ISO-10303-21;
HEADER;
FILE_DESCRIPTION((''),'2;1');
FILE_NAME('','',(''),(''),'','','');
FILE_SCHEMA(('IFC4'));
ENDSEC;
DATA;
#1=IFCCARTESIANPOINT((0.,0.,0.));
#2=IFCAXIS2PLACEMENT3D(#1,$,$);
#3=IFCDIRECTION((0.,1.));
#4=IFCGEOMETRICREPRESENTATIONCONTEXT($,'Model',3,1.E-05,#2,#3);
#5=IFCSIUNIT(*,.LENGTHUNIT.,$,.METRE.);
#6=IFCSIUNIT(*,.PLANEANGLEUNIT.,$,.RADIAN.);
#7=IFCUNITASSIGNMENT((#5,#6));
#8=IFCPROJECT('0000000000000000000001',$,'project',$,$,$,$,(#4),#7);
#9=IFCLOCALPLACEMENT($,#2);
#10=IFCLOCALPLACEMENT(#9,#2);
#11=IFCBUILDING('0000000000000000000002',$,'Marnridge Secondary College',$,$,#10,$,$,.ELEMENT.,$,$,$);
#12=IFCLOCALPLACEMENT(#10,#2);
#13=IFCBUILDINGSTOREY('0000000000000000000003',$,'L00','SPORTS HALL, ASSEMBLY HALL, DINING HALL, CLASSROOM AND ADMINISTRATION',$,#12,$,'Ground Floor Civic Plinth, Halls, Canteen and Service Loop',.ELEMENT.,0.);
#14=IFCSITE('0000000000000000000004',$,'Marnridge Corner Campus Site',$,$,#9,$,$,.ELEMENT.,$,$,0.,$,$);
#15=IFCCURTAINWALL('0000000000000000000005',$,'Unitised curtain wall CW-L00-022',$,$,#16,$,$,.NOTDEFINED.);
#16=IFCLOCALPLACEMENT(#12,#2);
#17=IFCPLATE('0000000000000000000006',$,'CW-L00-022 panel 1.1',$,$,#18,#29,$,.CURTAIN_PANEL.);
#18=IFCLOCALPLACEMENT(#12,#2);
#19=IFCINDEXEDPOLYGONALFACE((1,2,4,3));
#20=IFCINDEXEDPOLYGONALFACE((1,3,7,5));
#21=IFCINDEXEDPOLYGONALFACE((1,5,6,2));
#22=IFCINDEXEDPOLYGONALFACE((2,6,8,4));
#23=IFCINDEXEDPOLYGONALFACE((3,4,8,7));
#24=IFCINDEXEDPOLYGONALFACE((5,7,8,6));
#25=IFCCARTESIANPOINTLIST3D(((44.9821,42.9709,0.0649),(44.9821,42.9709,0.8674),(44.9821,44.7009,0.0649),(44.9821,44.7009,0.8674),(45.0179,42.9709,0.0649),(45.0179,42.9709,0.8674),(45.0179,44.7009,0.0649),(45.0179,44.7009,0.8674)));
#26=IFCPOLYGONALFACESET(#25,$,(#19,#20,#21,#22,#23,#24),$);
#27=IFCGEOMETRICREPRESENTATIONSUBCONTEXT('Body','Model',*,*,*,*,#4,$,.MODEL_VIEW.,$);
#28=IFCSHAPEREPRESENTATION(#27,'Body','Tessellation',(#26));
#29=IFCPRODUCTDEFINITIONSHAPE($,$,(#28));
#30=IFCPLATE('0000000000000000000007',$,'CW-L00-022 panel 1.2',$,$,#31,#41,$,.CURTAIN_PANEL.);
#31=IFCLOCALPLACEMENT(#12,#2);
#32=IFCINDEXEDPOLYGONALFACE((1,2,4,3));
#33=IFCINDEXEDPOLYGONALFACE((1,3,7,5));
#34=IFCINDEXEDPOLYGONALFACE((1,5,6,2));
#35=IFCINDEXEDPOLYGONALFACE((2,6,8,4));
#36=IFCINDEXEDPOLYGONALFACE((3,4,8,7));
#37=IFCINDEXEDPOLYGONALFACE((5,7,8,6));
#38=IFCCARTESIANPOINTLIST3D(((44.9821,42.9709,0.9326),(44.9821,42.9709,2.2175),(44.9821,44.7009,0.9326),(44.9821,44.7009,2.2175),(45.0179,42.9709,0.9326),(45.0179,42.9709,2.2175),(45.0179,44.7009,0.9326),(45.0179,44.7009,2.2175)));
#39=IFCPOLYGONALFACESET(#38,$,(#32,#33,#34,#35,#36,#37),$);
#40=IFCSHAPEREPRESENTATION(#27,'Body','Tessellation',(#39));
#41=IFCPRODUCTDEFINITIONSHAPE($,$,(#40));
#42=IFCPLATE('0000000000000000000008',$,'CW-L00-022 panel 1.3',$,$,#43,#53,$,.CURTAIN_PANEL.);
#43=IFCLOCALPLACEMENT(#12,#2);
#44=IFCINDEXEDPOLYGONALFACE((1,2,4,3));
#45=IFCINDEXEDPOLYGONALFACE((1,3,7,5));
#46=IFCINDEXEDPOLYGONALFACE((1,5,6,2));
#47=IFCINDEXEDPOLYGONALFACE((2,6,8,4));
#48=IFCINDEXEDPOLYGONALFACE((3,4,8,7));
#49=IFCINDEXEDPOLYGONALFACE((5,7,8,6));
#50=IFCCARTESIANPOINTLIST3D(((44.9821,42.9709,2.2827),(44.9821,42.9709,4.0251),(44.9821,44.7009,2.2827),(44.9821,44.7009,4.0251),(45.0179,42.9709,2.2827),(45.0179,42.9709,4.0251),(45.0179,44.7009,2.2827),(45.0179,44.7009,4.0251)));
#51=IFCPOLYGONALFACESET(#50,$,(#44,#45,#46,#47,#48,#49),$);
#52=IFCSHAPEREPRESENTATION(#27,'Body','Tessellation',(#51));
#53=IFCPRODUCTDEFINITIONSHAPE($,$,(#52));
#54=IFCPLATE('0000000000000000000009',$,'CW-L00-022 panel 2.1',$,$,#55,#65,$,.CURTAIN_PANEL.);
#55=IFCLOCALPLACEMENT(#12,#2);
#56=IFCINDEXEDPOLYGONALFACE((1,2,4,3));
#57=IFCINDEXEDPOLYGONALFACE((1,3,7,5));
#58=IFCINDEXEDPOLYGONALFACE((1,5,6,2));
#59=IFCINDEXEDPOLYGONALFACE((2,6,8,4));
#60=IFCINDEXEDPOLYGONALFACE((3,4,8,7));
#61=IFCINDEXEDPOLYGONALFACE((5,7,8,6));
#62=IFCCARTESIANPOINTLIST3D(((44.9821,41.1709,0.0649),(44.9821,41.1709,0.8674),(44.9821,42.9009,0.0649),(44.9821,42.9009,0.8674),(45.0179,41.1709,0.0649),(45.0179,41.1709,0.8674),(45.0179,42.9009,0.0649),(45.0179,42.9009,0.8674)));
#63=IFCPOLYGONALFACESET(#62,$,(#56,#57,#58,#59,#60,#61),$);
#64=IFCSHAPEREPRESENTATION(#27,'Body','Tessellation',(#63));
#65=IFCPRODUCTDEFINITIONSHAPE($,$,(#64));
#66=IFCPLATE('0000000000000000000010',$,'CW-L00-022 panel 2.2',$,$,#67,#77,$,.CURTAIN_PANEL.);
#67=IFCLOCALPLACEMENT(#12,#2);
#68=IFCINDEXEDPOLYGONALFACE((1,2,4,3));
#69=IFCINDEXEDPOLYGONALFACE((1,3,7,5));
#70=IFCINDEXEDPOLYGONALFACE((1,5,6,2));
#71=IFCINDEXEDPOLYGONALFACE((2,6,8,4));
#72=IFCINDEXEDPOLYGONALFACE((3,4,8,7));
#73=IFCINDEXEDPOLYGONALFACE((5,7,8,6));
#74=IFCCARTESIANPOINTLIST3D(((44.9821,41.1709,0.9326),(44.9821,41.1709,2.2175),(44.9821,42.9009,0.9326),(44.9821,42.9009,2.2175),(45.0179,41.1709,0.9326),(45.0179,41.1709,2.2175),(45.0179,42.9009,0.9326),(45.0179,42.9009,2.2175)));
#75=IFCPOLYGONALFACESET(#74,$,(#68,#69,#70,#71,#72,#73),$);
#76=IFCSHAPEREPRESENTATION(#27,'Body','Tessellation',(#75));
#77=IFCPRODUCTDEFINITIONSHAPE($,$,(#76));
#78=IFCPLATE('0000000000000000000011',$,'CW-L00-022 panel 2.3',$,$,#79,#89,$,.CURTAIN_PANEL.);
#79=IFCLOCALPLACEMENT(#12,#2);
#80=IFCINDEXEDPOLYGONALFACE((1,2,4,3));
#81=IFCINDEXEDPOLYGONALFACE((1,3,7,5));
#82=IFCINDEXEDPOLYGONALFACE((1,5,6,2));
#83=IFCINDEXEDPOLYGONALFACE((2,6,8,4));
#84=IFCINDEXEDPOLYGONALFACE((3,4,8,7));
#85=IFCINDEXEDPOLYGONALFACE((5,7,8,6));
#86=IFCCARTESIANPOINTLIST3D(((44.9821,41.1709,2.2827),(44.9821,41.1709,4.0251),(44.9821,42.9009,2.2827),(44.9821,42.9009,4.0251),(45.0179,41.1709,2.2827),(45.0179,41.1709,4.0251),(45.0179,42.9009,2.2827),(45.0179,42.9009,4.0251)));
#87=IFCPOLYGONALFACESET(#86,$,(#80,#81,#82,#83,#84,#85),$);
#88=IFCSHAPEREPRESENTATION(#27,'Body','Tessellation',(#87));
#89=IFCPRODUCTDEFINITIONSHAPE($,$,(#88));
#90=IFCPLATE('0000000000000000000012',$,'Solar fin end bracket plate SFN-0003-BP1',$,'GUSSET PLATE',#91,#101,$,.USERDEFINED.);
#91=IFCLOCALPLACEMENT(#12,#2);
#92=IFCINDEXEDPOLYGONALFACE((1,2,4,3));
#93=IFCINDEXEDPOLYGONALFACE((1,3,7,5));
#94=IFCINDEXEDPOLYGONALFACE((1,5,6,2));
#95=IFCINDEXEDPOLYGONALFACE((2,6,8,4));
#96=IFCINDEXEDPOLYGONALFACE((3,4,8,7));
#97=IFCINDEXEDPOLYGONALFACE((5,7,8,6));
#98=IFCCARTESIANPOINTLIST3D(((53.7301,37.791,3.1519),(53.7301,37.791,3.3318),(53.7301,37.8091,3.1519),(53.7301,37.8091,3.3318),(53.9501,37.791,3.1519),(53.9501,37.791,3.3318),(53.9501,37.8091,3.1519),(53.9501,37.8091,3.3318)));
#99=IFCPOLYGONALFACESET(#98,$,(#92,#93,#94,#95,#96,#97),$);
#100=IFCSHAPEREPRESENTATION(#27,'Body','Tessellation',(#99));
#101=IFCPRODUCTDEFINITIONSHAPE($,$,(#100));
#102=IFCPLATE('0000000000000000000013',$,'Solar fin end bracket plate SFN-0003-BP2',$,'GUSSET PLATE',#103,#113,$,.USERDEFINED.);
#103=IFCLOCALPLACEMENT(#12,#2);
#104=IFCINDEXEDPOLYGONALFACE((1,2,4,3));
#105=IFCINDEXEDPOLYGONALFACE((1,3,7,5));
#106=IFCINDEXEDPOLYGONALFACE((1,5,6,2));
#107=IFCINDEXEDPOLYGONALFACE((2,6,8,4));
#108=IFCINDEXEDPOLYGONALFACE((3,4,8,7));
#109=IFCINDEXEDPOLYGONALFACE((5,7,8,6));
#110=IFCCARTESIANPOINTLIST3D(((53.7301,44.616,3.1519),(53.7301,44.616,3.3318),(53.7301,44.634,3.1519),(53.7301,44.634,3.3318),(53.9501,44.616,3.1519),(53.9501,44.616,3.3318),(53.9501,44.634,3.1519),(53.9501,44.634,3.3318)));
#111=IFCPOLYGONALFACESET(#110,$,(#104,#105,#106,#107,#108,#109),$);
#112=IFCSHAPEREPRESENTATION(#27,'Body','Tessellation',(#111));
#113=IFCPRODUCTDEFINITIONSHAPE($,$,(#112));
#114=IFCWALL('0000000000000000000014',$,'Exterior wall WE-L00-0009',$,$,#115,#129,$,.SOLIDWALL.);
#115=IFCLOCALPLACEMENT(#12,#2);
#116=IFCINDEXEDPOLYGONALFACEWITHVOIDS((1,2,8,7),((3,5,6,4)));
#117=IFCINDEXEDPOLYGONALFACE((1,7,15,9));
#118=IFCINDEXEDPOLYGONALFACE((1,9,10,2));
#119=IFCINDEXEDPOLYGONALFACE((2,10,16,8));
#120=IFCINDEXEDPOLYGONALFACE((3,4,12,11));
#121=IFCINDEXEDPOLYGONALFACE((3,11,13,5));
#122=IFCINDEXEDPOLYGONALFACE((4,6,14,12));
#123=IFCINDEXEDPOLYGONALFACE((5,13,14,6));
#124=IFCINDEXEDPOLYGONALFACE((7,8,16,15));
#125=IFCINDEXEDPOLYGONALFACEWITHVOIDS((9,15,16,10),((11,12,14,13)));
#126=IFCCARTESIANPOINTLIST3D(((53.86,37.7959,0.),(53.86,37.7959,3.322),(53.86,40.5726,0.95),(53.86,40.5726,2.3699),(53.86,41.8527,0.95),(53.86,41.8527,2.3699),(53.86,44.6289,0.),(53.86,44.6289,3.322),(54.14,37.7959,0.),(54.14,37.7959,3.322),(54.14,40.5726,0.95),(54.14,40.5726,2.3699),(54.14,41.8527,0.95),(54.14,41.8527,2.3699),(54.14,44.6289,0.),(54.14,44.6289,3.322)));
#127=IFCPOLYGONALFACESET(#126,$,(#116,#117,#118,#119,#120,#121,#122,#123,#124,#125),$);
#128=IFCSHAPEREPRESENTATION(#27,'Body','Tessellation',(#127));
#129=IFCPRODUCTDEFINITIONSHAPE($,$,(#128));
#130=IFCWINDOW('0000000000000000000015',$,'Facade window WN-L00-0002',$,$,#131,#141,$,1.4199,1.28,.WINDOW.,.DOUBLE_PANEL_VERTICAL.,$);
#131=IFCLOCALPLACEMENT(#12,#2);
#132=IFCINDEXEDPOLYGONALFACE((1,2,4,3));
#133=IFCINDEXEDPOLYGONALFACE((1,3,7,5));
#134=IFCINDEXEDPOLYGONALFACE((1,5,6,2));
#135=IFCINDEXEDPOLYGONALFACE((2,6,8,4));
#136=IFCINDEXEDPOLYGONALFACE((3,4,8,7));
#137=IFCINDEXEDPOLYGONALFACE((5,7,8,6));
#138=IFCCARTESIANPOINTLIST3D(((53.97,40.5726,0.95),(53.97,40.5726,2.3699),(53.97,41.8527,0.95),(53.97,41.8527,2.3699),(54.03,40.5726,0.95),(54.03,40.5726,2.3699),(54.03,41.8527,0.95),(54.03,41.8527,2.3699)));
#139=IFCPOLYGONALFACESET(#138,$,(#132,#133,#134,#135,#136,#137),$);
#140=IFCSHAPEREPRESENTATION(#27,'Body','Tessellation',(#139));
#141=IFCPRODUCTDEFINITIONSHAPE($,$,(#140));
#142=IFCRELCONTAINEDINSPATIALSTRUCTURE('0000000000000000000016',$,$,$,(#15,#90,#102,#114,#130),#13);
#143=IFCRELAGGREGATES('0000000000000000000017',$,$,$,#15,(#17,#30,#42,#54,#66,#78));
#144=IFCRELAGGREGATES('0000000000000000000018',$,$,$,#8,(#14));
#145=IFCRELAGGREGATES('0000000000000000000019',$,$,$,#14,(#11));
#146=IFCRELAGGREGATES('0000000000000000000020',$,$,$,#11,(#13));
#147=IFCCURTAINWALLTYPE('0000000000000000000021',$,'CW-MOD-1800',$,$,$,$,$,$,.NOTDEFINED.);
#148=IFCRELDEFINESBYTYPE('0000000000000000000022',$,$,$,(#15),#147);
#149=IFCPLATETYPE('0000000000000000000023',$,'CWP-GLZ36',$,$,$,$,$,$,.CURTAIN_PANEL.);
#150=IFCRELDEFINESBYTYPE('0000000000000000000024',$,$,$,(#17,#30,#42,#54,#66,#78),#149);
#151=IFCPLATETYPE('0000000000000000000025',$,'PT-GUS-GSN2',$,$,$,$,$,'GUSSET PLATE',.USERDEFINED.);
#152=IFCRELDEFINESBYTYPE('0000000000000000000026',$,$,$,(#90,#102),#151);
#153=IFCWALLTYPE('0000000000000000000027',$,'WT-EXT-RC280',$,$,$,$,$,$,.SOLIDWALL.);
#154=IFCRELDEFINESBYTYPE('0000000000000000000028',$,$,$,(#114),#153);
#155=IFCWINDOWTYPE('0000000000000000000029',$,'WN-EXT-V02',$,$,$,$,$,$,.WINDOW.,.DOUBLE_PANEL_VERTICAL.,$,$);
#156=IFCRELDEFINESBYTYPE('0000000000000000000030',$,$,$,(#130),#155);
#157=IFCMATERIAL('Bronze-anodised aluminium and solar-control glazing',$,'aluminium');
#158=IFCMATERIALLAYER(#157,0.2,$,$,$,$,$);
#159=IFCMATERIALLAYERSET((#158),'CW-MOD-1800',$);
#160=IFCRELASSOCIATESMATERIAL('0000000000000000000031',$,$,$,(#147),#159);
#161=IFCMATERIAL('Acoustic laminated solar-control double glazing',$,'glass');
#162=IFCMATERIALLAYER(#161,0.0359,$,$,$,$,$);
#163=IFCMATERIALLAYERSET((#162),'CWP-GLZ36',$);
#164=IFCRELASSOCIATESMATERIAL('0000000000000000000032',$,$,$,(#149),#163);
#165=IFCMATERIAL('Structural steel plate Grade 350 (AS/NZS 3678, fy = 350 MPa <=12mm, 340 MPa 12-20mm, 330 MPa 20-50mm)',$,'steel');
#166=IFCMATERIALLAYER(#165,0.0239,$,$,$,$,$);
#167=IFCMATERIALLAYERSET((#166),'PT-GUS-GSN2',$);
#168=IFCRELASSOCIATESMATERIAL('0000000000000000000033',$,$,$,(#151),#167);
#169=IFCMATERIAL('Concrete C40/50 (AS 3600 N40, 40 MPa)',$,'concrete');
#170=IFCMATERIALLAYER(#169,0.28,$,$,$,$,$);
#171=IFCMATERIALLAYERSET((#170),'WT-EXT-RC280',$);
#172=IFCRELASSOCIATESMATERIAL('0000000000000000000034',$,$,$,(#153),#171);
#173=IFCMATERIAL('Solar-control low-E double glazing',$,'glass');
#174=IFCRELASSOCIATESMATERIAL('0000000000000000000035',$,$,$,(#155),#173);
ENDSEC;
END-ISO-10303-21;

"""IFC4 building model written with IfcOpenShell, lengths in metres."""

from ifc_helpers import new_model, si_unit, direction, frame, frame_2d, origin, origin_2d, place, context, subcontext, project, spatial, rectangle, extrude, material, layer, layer_set, type_object, element, fill, aggregate, save


model = new_model("IFC4")

# Units and contexts
model_context = context("Model", 3, precision=1e-05, world=origin(), true_north=direction((0.0, 1.0)))
body_context = subcontext(model_context, "Body", "Model", "MODEL_VIEW")
ifc_project = project(units=[si_unit("LENGTHUNIT", "METRE"), si_unit("PLANEANGLEUNIT", "RADIAN")], contexts=[model_context])

# Site, building, storey
site_placement = place(None, origin())
site = spatial("IfcSite", under=ifc_project, at=site_placement, Name="Marnridge Corner Campus Site", CompositionType="ELEMENT", RefElevation=0.0)
building_placement = place(site_placement, origin())
building = spatial("IfcBuilding", under=site, at=building_placement, Name="Marnridge Secondary College", CompositionType="ELEMENT")
storey_placement = place(building_placement, origin())
storey = spatial("IfcBuildingStorey", under=building, at=storey_placement, Name="L00", Description="SPORTS HALL, ASSEMBLY HALL, DINING HALL, CLASSROOM AND ADMINISTRATION", LongName="Ground Floor Civic Plinth, Halls, Canteen and Service Loop", CompositionType="ELEMENT", Elevation=0.0)

# Curtain wall
ifc_material_1 = material(Name="Bronze-anodised aluminium and solar-control glazing", Category="aluminium")
ifc_layer_1 = layer(ifc_material_1, 0.2)
ifc_layer_set_1 = layer_set([ifc_layer_1], Name="CW-MOD-1800")
curtain_wall_type = type_object("IfcCurtainWallType", Name="CW-MOD-1800", PredefinedType="NOTDEFINED", material=ifc_layer_set_1)
curtain_wall_placement = place(storey_placement, origin())
curtain_wall = element("IfcCurtainWall", 1, at=curtain_wall_placement, inside=storey, type_object=curtain_wall_type, Name="Unitised curtain wall CW-L00-022", PredefinedType="NOTDEFINED")

# Plates
ifc_material_2 = material(Name="Acoustic laminated solar-control double glazing", Category="glass")
ifc_layer_2 = layer(ifc_material_2, 0.0359)
ifc_layer_set_2 = layer_set([ifc_layer_2], Name="CWP-GLZ36")
plate_type_1 = type_object("IfcPlateType", Name="CWP-GLZ36", PredefinedType="CURTAIN_PANEL", material=ifc_layer_set_2)
plate_1_placement = place(storey_placement, frame((45.0, 43.8359, 0.0649), z_axis=(0.0, 0.0, 1.0), x_axis=(0.0, -1.0, 0.0)))
plate_1 = element("IfcPlate", 2, at=plate_1_placement, type_object=plate_type_1, Name="CW-L00-022 panel 1.1", PredefinedType="CURTAIN_PANEL", context=body_context, shape_type="SweptSolid", body=[
    extrude(rectangle(XDim=1.73, YDim=0.0359, at=origin_2d()), origin(), (0.0, 0.0, 1.0), 0.8025),
])
plate_2_placement = place(storey_placement, frame((45.0, 43.8359, 0.9326), z_axis=(0.0, 0.0, 1.0), x_axis=(0.0, -1.0, 0.0)))
plate_2 = element("IfcPlate", 3, at=plate_2_placement, type_object=plate_type_1, Name="CW-L00-022 panel 1.2", PredefinedType="CURTAIN_PANEL", context=body_context, shape_type="SweptSolid", body=[
    extrude(rectangle(XDim=1.73, YDim=0.0359, at=origin_2d()), origin(), (0.0, 0.0, 1.0), 1.2849),
])
plate_3_placement = place(storey_placement, frame((45.0, 43.8359, 2.2827), z_axis=(0.0, 0.0, 1.0), x_axis=(0.0, -1.0, 0.0)))
plate_3 = element("IfcPlate", 4, at=plate_3_placement, type_object=plate_type_1, Name="CW-L00-022 panel 1.3", PredefinedType="CURTAIN_PANEL", context=body_context, shape_type="SweptSolid", body=[
    extrude(rectangle(XDim=1.73, YDim=0.0359, at=origin_2d()), origin(), (0.0, 0.0, 1.0), 1.7424),
])
plate_4_placement = place(storey_placement, frame((45.0, 42.0359, 0.0649), z_axis=(0.0, 0.0, 1.0), x_axis=(0.0, -1.0, 0.0)))
plate_4 = element("IfcPlate", 5, at=plate_4_placement, type_object=plate_type_1, Name="CW-L00-022 panel 2.1", PredefinedType="CURTAIN_PANEL", context=body_context, shape_type="SweptSolid", body=[
    extrude(rectangle(XDim=1.73, YDim=0.0359, at=origin_2d()), origin(), (0.0, 0.0, 1.0), 0.8025),
])
plate_5_placement = place(storey_placement, frame((45.0, 42.0359, 0.9326), z_axis=(0.0, 0.0, 1.0), x_axis=(0.0, -1.0, 0.0)))
plate_5 = element("IfcPlate", 6, at=plate_5_placement, type_object=plate_type_1, Name="CW-L00-022 panel 2.2", PredefinedType="CURTAIN_PANEL", context=body_context, shape_type="SweptSolid", body=[
    extrude(rectangle(XDim=1.73, YDim=0.0359, at=origin_2d()), origin(), (0.0, 0.0, 1.0), 1.2849),
])
plate_6_placement = place(storey_placement, frame((45.0, 42.0359, 2.2827), z_axis=(0.0, 0.0, 1.0), x_axis=(0.0, -1.0, 0.0)))
plate_6 = element("IfcPlate", 7, at=plate_6_placement, type_object=plate_type_1, Name="CW-L00-022 panel 2.3", PredefinedType="CURTAIN_PANEL", context=body_context, shape_type="SweptSolid", body=[
    extrude(rectangle(XDim=1.73, YDim=0.0359, at=origin_2d()), origin(), (0.0, 0.0, 1.0), 1.7424),
])
aggregate(curtain_wall, [plate_1, plate_2, plate_3, plate_4, plate_5, plate_6])

# Plates
ifc_material_3 = material(Name="Structural steel plate Grade 350 (AS/NZS 3678, fy = 350 MPa <=12mm, 340 MPa 12-20mm, 330 MPa 20-50mm)", Category="steel")
ifc_layer_3 = layer(ifc_material_3, 0.0239)
ifc_layer_set_3 = layer_set([ifc_layer_3], Name="PT-GUS-GSN2")
plate_type_2 = type_object("IfcPlateType", Name="PT-GUS-GSN2", ElementType="GUSSET PLATE", PredefinedType="USERDEFINED", material=ifc_layer_set_3)
for number, where, z_axis, x_axis, name in (
    (8, (53.8401, 37.8, 3.1519), (0.0, 0.0, 1.0), (1.0, 0.0, 0.0), "Solar fin end bracket plate SFN-0003-BP1"),
    (9, (53.8401, 44.625, 3.1519), (0.0, 0.0, 1.0), (1.0, 0.0, 0.0), "Solar fin end bracket plate SFN-0003-BP2"),
):
    element("IfcPlate", number, at=place(storey_placement, frame(where, z_axis=z_axis, x_axis=x_axis)), inside=storey, type_object=plate_type_2, Name=name, ObjectType="GUSSET PLATE", PredefinedType="USERDEFINED", context=body_context, shape_type="SweptSolid", body=[
        extrude(rectangle(XDim=0.22, YDim=0.0181, at=origin_2d()), origin(), (0.0, 0.0, 1.0), 0.1799),
    ])

# Wall, opening, window
ifc_material_4 = material(Name="Concrete C40/50 (AS 3600 N40, 40 MPa)", Category="concrete")
ifc_layer_4 = layer(ifc_material_4, 0.28)
ifc_layer_set_4 = layer_set([ifc_layer_4], Name="WT-EXT-RC280")
wall_type = type_object("IfcWallType", Name="WT-EXT-RC280", PredefinedType="SOLIDWALL", material=ifc_layer_set_4)
wall_placement = place(storey_placement, frame((54.0, 37.7959, 0.0), z_axis=(0.0, 0.0, 1.0), x_axis=(0.0, 1.0, 0.0)))
wall = element("IfcWall", 10, at=wall_placement, inside=storey, type_object=wall_type, Name="Exterior wall WE-L00-0009", PredefinedType="SOLIDWALL", context=body_context, shape_type="SweptSolid", body=[
    extrude(rectangle(XDim=6.833, YDim=0.28, at=frame_2d((3.4165, 0.0))), origin(), (0.0, 0.0, 1.0), 3.322),
])
opening_placement = place(wall_placement, frame((2.7766, 0.0, 0.95)))
opening = element("IfcOpeningElement", 11, at=opening_placement, cuts=wall, PredefinedType="OPENING", context=body_context, shape_type="SweptSolid", body=[
    extrude(rectangle(XDim=1.28, YDim=1.4199, at=frame_2d((0.6401, 0.71))), frame((0.0, 0.1499, 0.0), z_axis=(0.0, -1.0, 0.0), x_axis=(1.0, 0.0, 0.0)), (0.0, 0.0, 1.0), 0.3),
])
ifc_material_5 = material(Name="Solar-control low-E double glazing", Category="glass")
window_type = type_object("IfcWindowType", Name="WN-EXT-V02", PartitioningType="DOUBLE_PANEL_VERTICAL", PredefinedType="WINDOW", material=ifc_material_5)
window_placement = place(opening_placement, origin())
window = element("IfcWindow", 12, at=window_placement, inside=storey, type_object=window_type, Name="Facade window WN-L00-0002", OverallHeight=1.4199, OverallWidth=1.28, PartitioningType="DOUBLE_PANEL_VERTICAL", PredefinedType="WINDOW", context=body_context, shape_type="SweptSolid", body=[
    extrude(rectangle(XDim=1.28, YDim=1.4199, at=frame_2d((0.6401, 0.71))), frame((0.0, 0.03, 0.0), z_axis=(0.0, -1.0, 0.0), x_axis=(1.0, 0.0, 0.0)), (0.0, 0.0, 1.0), 0.0601),
])
fill(opening, window)

save(model, "model.ifc")
